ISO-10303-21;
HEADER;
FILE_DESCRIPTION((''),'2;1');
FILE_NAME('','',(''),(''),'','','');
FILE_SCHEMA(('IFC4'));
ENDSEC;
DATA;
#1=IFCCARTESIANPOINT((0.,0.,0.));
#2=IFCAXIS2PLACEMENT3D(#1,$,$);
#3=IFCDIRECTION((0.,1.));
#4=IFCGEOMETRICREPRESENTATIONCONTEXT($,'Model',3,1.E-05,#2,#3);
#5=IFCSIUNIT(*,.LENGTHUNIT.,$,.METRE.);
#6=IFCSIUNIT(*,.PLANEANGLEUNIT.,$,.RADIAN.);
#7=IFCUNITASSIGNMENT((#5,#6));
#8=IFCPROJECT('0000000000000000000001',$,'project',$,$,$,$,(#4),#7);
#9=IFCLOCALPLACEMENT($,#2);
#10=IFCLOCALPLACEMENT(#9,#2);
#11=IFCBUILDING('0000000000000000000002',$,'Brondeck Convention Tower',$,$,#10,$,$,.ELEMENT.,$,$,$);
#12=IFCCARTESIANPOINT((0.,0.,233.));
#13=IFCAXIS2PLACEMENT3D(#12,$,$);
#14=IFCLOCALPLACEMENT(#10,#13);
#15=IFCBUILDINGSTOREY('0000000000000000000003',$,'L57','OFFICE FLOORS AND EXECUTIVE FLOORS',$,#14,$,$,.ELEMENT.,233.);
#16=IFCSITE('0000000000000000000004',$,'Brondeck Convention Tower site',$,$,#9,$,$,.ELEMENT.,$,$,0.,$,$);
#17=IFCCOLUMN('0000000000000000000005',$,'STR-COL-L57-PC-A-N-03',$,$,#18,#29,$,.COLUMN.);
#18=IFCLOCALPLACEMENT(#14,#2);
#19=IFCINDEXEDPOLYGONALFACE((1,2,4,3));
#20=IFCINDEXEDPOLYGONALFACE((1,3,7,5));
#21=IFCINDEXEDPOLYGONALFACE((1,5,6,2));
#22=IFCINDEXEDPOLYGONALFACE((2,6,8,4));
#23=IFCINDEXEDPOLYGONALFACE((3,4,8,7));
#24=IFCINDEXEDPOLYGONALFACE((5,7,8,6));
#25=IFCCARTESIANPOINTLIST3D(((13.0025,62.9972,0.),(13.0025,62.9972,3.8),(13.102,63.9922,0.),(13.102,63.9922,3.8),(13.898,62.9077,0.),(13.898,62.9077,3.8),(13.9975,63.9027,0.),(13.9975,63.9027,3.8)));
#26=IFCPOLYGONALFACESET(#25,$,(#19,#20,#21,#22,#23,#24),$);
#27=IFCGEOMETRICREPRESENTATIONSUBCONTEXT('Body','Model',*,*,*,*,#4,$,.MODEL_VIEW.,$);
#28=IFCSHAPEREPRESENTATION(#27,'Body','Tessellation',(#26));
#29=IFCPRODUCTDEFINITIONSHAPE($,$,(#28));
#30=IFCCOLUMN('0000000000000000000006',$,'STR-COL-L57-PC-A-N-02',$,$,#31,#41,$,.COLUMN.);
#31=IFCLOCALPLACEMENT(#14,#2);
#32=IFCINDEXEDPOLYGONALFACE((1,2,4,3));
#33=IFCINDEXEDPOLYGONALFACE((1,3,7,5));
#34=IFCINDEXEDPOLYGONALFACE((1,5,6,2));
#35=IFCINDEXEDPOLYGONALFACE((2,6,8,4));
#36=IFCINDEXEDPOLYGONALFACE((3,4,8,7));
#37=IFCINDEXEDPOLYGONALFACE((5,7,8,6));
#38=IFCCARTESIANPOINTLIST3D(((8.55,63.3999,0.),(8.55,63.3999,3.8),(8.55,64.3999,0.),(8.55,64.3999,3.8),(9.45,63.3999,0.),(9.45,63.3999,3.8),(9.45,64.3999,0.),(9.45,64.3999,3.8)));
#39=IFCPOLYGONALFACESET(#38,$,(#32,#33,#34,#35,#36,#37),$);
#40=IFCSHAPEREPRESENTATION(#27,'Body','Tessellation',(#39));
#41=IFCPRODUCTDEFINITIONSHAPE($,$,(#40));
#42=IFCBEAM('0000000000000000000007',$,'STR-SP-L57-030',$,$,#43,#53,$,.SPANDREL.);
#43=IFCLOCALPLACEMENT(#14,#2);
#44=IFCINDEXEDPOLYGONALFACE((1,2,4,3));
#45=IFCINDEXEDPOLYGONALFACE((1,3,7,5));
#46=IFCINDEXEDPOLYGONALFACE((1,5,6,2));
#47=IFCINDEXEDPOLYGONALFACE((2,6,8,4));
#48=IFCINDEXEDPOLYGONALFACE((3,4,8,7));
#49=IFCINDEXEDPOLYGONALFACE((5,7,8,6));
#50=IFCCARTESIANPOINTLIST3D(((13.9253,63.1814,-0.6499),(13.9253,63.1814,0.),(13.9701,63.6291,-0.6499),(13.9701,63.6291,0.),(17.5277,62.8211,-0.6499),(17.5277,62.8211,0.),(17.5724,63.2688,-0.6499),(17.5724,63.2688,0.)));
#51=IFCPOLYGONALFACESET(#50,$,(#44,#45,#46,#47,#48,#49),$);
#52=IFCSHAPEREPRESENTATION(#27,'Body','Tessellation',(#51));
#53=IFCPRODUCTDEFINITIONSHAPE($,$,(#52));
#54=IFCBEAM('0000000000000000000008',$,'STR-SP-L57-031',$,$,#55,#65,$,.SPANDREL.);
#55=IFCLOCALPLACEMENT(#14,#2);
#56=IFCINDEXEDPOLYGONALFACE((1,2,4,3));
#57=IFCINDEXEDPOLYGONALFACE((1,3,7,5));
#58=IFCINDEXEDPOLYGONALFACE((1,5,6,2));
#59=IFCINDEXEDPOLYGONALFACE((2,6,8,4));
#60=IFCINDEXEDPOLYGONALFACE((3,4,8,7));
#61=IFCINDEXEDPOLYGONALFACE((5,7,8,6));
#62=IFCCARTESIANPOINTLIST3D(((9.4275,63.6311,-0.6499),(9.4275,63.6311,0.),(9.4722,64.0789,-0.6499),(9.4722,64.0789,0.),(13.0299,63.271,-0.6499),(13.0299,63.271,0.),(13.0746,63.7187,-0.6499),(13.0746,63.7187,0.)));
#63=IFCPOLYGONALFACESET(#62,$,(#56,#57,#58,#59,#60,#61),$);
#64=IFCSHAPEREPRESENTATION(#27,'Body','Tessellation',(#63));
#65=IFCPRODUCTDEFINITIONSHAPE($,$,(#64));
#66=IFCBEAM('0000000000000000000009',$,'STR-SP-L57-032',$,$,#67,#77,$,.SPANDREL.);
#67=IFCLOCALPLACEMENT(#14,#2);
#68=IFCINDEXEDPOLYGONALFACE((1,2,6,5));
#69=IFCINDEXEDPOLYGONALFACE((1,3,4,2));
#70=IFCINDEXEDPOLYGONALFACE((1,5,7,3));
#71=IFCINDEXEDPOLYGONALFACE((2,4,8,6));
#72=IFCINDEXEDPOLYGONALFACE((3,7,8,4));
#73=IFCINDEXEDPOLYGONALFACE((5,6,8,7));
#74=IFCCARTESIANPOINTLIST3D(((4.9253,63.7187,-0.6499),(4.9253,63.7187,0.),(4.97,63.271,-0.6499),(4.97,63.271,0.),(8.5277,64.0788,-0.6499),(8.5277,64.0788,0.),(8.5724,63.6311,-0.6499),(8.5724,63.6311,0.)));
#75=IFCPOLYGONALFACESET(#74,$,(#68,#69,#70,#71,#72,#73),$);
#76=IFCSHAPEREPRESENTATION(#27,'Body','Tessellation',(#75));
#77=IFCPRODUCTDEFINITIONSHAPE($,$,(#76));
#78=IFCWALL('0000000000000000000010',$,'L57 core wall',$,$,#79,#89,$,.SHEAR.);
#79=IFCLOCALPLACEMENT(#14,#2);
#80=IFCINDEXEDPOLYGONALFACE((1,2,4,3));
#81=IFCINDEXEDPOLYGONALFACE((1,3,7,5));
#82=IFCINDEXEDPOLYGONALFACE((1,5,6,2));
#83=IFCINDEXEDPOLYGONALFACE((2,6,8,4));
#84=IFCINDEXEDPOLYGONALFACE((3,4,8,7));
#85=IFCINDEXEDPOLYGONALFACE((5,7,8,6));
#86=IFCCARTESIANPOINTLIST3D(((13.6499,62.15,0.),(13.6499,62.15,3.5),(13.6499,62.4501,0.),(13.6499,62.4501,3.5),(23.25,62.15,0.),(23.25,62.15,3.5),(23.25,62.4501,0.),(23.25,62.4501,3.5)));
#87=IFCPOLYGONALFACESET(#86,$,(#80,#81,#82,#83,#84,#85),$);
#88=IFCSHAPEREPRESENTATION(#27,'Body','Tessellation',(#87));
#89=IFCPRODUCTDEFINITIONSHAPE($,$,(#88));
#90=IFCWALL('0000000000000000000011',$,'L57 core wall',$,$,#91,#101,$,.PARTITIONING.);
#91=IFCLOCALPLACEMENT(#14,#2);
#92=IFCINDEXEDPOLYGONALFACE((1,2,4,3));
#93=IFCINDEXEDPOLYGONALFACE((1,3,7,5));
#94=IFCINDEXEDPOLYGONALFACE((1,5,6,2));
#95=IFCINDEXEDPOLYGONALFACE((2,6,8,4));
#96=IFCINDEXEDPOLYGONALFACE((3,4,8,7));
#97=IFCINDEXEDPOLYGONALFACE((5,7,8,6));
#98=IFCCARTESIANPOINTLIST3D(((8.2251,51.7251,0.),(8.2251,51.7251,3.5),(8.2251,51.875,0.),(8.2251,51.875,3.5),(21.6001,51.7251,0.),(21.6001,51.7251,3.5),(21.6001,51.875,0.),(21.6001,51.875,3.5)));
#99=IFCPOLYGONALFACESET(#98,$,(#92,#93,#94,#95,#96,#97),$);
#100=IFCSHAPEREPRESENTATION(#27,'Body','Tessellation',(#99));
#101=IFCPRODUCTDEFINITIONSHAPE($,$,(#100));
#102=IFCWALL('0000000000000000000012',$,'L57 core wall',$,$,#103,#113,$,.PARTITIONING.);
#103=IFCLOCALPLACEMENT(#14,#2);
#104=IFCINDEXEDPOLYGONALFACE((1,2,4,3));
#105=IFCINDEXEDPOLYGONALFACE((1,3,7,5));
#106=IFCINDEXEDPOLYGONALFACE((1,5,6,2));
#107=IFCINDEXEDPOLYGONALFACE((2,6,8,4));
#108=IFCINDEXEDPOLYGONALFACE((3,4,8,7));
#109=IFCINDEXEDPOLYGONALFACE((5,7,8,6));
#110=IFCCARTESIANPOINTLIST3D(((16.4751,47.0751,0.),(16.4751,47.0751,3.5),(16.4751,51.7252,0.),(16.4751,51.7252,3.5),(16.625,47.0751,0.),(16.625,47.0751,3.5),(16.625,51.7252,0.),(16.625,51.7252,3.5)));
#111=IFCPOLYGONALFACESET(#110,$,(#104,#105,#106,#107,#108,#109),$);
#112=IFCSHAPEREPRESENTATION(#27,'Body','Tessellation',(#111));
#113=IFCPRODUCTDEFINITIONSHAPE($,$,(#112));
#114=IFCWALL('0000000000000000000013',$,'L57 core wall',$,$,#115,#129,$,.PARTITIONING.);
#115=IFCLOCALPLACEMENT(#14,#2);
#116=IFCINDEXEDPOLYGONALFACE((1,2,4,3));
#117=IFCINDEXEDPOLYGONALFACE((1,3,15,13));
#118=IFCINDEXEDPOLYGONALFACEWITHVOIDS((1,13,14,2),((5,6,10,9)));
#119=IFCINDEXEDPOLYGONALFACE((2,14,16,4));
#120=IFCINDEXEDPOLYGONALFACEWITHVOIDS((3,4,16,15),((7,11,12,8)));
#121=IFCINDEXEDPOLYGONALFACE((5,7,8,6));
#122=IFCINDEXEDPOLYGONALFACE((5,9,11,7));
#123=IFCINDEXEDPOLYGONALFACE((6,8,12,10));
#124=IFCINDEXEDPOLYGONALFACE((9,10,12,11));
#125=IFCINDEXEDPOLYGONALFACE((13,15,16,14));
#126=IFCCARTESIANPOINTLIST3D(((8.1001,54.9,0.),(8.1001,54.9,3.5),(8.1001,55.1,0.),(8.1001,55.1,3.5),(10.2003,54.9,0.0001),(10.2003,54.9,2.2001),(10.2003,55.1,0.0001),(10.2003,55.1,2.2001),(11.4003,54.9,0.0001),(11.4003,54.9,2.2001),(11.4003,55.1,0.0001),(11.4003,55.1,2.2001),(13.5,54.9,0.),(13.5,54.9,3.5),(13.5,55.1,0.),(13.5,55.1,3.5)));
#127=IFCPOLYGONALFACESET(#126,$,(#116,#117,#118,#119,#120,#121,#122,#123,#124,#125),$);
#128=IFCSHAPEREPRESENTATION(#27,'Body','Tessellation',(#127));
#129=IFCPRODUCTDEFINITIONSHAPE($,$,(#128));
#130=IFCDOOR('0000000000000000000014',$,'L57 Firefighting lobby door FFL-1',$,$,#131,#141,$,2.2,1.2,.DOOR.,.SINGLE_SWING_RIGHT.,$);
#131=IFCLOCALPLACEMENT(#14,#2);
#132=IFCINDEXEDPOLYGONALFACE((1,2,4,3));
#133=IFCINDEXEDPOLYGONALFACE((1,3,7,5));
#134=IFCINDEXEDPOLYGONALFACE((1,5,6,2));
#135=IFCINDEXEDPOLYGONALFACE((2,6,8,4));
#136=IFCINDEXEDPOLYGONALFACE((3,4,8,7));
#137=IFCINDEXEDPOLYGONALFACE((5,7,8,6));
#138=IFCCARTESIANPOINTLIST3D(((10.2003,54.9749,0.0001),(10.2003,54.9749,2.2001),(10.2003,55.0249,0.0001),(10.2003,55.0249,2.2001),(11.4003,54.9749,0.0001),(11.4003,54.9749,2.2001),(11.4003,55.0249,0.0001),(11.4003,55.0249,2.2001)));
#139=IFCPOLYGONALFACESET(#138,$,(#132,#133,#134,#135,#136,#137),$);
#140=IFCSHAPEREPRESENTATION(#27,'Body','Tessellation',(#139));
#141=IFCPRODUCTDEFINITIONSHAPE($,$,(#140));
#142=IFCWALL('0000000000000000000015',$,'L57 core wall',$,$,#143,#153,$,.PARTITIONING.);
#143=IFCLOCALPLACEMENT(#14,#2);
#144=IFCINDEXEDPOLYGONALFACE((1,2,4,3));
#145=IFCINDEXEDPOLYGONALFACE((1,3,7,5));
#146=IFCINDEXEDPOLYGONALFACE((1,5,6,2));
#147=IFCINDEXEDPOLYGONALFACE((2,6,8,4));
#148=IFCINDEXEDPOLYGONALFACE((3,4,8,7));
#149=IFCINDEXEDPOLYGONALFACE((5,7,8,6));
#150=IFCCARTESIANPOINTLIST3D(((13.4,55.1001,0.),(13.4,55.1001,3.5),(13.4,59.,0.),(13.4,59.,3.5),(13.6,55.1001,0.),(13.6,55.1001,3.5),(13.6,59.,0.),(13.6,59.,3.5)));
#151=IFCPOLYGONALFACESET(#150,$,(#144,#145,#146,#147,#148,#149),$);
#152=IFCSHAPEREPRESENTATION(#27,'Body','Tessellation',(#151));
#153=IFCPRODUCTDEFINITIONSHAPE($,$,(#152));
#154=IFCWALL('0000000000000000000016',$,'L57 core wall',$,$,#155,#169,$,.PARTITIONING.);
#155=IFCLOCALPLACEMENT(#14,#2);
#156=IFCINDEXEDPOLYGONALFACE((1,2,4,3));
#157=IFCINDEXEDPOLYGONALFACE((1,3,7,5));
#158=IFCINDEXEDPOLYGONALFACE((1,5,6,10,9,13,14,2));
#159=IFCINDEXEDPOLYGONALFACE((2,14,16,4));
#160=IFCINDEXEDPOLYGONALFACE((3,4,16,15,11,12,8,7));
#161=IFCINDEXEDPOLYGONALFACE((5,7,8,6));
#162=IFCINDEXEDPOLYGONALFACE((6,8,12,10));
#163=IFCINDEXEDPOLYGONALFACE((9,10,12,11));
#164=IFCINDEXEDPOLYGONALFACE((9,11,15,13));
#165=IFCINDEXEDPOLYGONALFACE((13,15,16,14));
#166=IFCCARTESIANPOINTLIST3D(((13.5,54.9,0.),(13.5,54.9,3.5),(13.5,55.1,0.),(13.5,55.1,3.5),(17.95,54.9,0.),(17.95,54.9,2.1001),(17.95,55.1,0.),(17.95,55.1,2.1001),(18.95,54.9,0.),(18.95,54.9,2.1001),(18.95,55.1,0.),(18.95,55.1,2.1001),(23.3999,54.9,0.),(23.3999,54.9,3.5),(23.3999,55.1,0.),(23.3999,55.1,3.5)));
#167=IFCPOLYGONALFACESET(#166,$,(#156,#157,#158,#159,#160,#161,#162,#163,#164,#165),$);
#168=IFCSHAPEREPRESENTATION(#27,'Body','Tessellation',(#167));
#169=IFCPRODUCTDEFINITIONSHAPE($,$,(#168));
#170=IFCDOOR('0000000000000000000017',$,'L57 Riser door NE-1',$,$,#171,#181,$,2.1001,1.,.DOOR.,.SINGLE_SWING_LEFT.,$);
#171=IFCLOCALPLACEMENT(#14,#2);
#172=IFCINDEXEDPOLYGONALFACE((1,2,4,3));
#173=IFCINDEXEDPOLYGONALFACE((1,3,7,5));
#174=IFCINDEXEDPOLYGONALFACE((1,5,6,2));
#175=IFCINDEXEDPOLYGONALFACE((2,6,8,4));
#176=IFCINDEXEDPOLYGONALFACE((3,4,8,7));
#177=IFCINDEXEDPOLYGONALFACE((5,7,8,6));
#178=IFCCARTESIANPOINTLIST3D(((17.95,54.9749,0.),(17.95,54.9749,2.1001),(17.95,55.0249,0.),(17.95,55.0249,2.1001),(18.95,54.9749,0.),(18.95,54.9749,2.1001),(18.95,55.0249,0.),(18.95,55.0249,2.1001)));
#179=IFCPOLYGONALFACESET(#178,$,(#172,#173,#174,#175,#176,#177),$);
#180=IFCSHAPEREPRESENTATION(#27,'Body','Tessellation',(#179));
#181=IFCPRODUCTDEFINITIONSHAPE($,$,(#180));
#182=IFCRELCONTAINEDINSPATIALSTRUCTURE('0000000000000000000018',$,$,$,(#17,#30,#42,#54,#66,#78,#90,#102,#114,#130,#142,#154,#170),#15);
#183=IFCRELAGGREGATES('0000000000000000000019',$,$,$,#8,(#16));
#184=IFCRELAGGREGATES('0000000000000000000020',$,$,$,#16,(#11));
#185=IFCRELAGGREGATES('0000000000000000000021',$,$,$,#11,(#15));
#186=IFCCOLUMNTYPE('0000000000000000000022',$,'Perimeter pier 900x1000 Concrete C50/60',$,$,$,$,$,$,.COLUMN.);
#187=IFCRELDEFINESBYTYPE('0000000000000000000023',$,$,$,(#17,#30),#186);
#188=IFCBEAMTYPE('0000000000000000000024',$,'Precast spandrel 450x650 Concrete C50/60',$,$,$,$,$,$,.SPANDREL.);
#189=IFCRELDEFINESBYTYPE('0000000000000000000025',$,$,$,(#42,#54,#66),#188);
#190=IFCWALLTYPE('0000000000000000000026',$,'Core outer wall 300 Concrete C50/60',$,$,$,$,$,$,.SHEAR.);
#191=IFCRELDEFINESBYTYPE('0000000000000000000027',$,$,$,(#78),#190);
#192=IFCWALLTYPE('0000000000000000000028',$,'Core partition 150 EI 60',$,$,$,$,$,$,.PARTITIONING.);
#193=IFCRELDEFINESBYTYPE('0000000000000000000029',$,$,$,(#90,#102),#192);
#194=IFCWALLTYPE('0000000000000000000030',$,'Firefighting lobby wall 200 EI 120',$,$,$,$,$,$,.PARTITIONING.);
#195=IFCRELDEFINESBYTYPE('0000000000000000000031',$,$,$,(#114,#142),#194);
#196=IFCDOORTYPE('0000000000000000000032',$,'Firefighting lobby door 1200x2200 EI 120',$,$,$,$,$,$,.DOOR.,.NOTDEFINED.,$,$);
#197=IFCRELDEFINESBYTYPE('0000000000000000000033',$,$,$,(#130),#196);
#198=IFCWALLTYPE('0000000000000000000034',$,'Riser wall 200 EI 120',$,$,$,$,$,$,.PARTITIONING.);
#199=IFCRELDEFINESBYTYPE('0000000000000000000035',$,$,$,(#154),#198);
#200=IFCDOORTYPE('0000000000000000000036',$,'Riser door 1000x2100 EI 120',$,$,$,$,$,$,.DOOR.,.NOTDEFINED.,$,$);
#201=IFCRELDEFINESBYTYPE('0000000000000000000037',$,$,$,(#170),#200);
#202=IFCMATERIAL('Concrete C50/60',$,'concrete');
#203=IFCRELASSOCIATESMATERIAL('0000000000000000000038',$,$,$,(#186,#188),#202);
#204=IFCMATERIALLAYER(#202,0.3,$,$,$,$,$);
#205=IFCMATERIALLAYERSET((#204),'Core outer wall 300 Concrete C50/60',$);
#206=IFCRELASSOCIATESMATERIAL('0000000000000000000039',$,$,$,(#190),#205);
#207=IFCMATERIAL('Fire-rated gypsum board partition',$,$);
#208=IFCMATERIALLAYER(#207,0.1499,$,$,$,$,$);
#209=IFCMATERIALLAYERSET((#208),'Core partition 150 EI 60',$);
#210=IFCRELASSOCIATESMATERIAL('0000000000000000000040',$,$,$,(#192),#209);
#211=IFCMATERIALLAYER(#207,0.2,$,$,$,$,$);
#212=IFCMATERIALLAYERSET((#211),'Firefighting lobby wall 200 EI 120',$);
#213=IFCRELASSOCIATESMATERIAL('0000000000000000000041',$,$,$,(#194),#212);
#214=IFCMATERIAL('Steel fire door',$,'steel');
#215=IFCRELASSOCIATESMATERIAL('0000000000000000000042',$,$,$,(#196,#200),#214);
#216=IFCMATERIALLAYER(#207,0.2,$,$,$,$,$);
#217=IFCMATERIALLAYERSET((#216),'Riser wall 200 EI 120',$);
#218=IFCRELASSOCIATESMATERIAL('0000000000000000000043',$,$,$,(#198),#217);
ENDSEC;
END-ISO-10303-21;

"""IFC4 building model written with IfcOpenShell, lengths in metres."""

from ifc_helpers import new_model, si_unit, direction, frame, frame_2d, origin, origin_2d, place, context, subcontext, project, spatial, rectangle, extrude, material, layer, layer_set, material_profile, profile_set, type_object, element, fill, save


model = new_model("IFC4")

# Units and contexts
model_context = context("Model", 3, precision=1e-05, world=origin(), true_north=direction((0.0, 1.0)))
body_context = subcontext(model_context, "Body", "Model", "MODEL_VIEW")
ifc_project = project(units=[si_unit("LENGTHUNIT", "METRE"), si_unit("PLANEANGLEUNIT", "RADIAN")], contexts=[model_context])

# Site, building, storey
site_placement = place(None, origin())
site = spatial("IfcSite", under=ifc_project, at=site_placement, Name="Brondeck Convention Tower site", CompositionType="ELEMENT", RefElevation=0.0)
building_placement = place(site_placement, origin())
building = spatial("IfcBuilding", under=site, at=building_placement, Name="Brondeck Convention Tower", CompositionType="ELEMENT")
storey_placement = place(building_placement, frame((0.0, 0.0, 233.0)))
storey = spatial("IfcBuildingStorey", under=building, at=storey_placement, Name="L57", Description="OFFICE FLOORS AND EXECUTIVE FLOORS", CompositionType="ELEMENT", Elevation=233.0)

# Columns
ifc_material_1 = material(Name="Concrete C50/60", Category="concrete")
ifc_material_profile_1 = material_profile(ifc_material_1, rectangle(XDim=0.8999, YDim=1.0, at=origin_2d()), Name="Perimeter pier 900x1000 Concrete C50/60")
ifc_profile_set_1 = profile_set([ifc_material_profile_1], Name="Concrete C50/60")
column_type = type_object("IfcColumnType", Name="Perimeter pier 900x1000 Concrete C50/60", PredefinedType="COLUMN", material=ifc_profile_set_1)
for number, where, z_axis, x_axis, name in (
    (1, (13.5, 63.45, 0.0), (0.0, 0.0, 1.0), (-0.995037, 0.099504, 0.0), "STR-COL-L57-PC-A-N-03"),
    (2, (9.0, 63.8999, 0.0), (0.0, 0.0, 1.0), (-1.0, 0.0, 0.0), "STR-COL-L57-PC-A-N-02"),
):
    element("IfcColumn", number, at=place(storey_placement, frame(where, z_axis=z_axis, x_axis=x_axis)), inside=storey, type_object=column_type, Name=name, PredefinedType="COLUMN", context=body_context, shape_type="SweptSolid", body=[
        extrude(rectangle(XDim=0.8999, YDim=1.0, at=origin_2d()), origin(), (0.0, 0.0, 1.0), 3.8),
    ])

# Beams
ifc_material_profile_2 = material_profile(ifc_material_1, rectangle(XDim=0.45, YDim=0.6499, at=origin_2d()), Name="Precast spandrel 450x650 Concrete C50/60")
ifc_profile_set_2 = profile_set([ifc_material_profile_2], Name="Concrete C50/60")
beam_type = type_object("IfcBeamType", Name="Precast spandrel 450x650 Concrete C50/60", PredefinedType="SPANDREL", material=ifc_profile_set_2)
for number, where, z_axis, x_axis, name in (
    (3, (17.55, 63.0449, -0.325), (-0.995034, 0.099537, 0.0), (-0.099537, -0.995034, 0.0), "STR-SP-L57-030"),
    (4, (13.0522, 63.4949, -0.325), (-0.995041, 0.09947, 0.0), (-0.09947, -0.995041, 0.0), "STR-SP-L57-031"),
    (5, (8.55, 63.855, -0.325), (-0.995041, -0.09947, 0.0), (0.09947, -0.995041, 0.0), "STR-SP-L57-032"),
):
    element("IfcBeam", number, at=place(storey_placement, frame(where, z_axis=z_axis, x_axis=x_axis)), inside=storey, type_object=beam_type, Name=name, PredefinedType="SPANDREL", context=body_context, shape_type="SweptSolid", body=[
        extrude(rectangle(XDim=0.45, YDim=0.6499, at=origin_2d()), origin(), (0.0, 0.0, 1.0), 3.6204),
    ])

# Walls
ifc_layer_1 = layer(ifc_material_1, 0.3)
ifc_layer_set_1 = layer_set([ifc_layer_1], Name="Core outer wall 300 Concrete C50/60")
wall_type_1 = type_object("IfcWallType", Name="Core outer wall 300 Concrete C50/60", PredefinedType="SHEAR", material=ifc_layer_set_1)
wall_1_placement = place(storey_placement, frame((13.6499, 62.3, 0.0), z_axis=(0.0, 0.0, 1.0), x_axis=(1.0, 0.0, 0.0)))
element("IfcWall", 6, at=wall_1_placement, inside=storey, type_object=wall_type_1, Name="L57 core wall", PredefinedType="SHEAR", context=body_context, shape_type="SweptSolid", body=[
    extrude(rectangle(XDim=9.6001, YDim=0.3, at=frame_2d((4.8, 0.0))), origin(), (0.0, 0.0, 1.0), 3.5),
])
ifc_material_2 = material(Name="Fire-rated gypsum board partition")
ifc_layer_2 = layer(ifc_material_2, 0.1499)
ifc_layer_set_2 = layer_set([ifc_layer_2], Name="Core partition 150 EI 60")
wall_type_2 = type_object("IfcWallType", Name="Core partition 150 EI 60", PredefinedType="PARTITIONING", material=ifc_layer_set_2)
wall_2_placement = place(storey_placement, frame((8.2251, 51.8, 0.0), z_axis=(0.0, 0.0, 1.0), x_axis=(1.0, 0.0, 0.0)))
element("IfcWall", 7, at=wall_2_placement, inside=storey, type_object=wall_type_2, Name="L57 core wall", PredefinedType="PARTITIONING", context=body_context, shape_type="SweptSolid", body=[
    extrude(rectangle(XDim=13.375, YDim=0.1499, at=frame_2d((6.6875, 0.0))), origin(), (0.0, 0.0, 1.0), 3.5),
])
wall_3_placement = place(storey_placement, frame((16.55, 47.075, 0.0), z_axis=(0.0, 0.0, 1.0), x_axis=(0.0, 1.0, 0.0)))
element("IfcWall", 8, at=wall_3_placement, inside=storey, type_object=wall_type_2, Name="L57 core wall", PredefinedType="PARTITIONING", context=body_context, shape_type="SweptSolid", body=[
    extrude(rectangle(XDim=4.6501, YDim=0.1499, at=frame_2d((2.3252, 0.0))), origin(), (0.0, 0.0, 1.0), 3.5),
])

# Wall, opening, door
ifc_layer_3 = layer(ifc_material_2, 0.2)
ifc_layer_set_3 = layer_set([ifc_layer_3], Name="Firefighting lobby wall 200 EI 120")
wall_type_3 = type_object("IfcWallType", Name="Firefighting lobby wall 200 EI 120", PredefinedType="PARTITIONING", material=ifc_layer_set_3)
wall_4_placement = place(storey_placement, frame((8.1001, 55.0, 0.0), z_axis=(0.0, 0.0, 1.0), x_axis=(1.0, 0.0, 0.0)))
wall_4 = element("IfcWall", 9, at=wall_4_placement, inside=storey, type_object=wall_type_3, Name="L57 core wall", PredefinedType="PARTITIONING", context=body_context, shape_type="SweptSolid", body=[
    extrude(rectangle(XDim=5.3999, YDim=0.2, at=frame_2d((2.7, 0.0))), origin(), (0.0, 0.0, 1.0), 3.5),
])
opening_1_placement = place(wall_4_placement, frame((2.1001, 0.0, 0.0)))
opening_1 = element("IfcOpeningElement", 10, at=opening_1_placement, cuts=wall_4, PredefinedType="OPENING", context=body_context, shape_type="SweptSolid", body=[
    extrude(rectangle(XDim=1.2, YDim=2.2, at=frame_2d((0.6001, 1.1001))), frame((0.0, 0.1099, 0.0), z_axis=(0.0, -1.0, 0.0), x_axis=(1.0, 0.0, 0.0)), (0.0, 0.0, 1.0), 0.22),
])
ifc_material_3 = material(Name="Steel fire door", Category="steel")
door_type_1 = type_object("IfcDoorType", Name="Firefighting lobby door 1200x2200 EI 120", OperationType="NOTDEFINED", PredefinedType="DOOR", material=ifc_material_3)
door_1_placement = place(opening_1_placement, origin())
door_1 = element("IfcDoor", 11, at=door_1_placement, inside=storey, type_object=door_type_1, Name="L57 Firefighting lobby door FFL-1", OperationType="SINGLE_SWING_RIGHT", OverallHeight=2.2, OverallWidth=1.2, PredefinedType="DOOR", context=body_context, shape_type="SweptSolid", body=[
    extrude(rectangle(XDim=1.2, YDim=2.2, at=frame_2d((0.6001, 1.1001))), frame((0.0, 0.0249, 0.0), z_axis=(0.0, -1.0, 0.0), x_axis=(1.0, 0.0, 0.0)), (0.0, 0.0, 1.0), 0.05),
])
fill(opening_1, door_1)

# Wall
wall_5_placement = place(storey_placement, frame((13.5, 55.1001, 0.0), z_axis=(0.0, 0.0, 1.0), x_axis=(0.0, 1.0, 0.0)))
element("IfcWall", 12, at=wall_5_placement, inside=storey, type_object=wall_type_3, Name="L57 core wall", PredefinedType="PARTITIONING", context=body_context, shape_type="SweptSolid", body=[
    extrude(rectangle(XDim=3.8999, YDim=0.2, at=frame_2d((1.95, 0.0))), origin(), (0.0, 0.0, 1.0), 3.5),
])

# Wall, opening, door
ifc_layer_4 = layer(ifc_material_2, 0.2)
ifc_layer_set_4 = layer_set([ifc_layer_4], Name="Riser wall 200 EI 120")
wall_type_4 = type_object("IfcWallType", Name="Riser wall 200 EI 120", PredefinedType="PARTITIONING", material=ifc_layer_set_4)
wall_6_placement = place(storey_placement, frame((13.5, 55.0, 0.0), z_axis=(0.0, 0.0, 1.0), x_axis=(1.0, 0.0, 0.0)))
wall_6 = element("IfcWall", 13, at=wall_6_placement, inside=storey, type_object=wall_type_4, Name="L57 core wall", PredefinedType="PARTITIONING", context=body_context, shape_type="SweptSolid", body=[
    extrude(rectangle(XDim=9.8999, YDim=0.2, at=frame_2d((4.95, 0.0))), origin(), (0.0, 0.0, 1.0), 3.5),
])
opening_2_placement = place(wall_6_placement, frame((4.45, 0.0, 0.0)))
opening_2 = element("IfcOpeningElement", 14, at=opening_2_placement, cuts=wall_6, PredefinedType="OPENING", context=body_context, shape_type="SweptSolid", body=[
    extrude(rectangle(XDim=1.0, YDim=2.1001, at=frame_2d((0.5, 1.05))), frame((0.0, 0.1099, 0.0), z_axis=(0.0, -1.0, 0.0), x_axis=(1.0, 0.0, 0.0)), (0.0, 0.0, 1.0), 0.22),
])
door_type_2 = type_object("IfcDoorType", Name="Riser door 1000x2100 EI 120", OperationType="NOTDEFINED", PredefinedType="DOOR", material=ifc_material_3)
door_2_placement = place(opening_2_placement, origin())
door_2 = element("IfcDoor", 15, at=door_2_placement, inside=storey, type_object=door_type_2, Name="L57 Riser door NE-1", OperationType="SINGLE_SWING_LEFT", OverallHeight=2.1001, OverallWidth=1.0, PredefinedType="DOOR", context=body_context, shape_type="SweptSolid", body=[
    extrude(rectangle(XDim=1.0, YDim=2.1001, at=frame_2d((0.5, 1.05))), frame((0.0, 0.0249, 0.0), z_axis=(0.0, -1.0, 0.0), x_axis=(1.0, 0.0, 0.0)), (0.0, 0.0, 1.0), 0.05),
])
fill(opening_2, door_2)

save(model, "model.ifc")
